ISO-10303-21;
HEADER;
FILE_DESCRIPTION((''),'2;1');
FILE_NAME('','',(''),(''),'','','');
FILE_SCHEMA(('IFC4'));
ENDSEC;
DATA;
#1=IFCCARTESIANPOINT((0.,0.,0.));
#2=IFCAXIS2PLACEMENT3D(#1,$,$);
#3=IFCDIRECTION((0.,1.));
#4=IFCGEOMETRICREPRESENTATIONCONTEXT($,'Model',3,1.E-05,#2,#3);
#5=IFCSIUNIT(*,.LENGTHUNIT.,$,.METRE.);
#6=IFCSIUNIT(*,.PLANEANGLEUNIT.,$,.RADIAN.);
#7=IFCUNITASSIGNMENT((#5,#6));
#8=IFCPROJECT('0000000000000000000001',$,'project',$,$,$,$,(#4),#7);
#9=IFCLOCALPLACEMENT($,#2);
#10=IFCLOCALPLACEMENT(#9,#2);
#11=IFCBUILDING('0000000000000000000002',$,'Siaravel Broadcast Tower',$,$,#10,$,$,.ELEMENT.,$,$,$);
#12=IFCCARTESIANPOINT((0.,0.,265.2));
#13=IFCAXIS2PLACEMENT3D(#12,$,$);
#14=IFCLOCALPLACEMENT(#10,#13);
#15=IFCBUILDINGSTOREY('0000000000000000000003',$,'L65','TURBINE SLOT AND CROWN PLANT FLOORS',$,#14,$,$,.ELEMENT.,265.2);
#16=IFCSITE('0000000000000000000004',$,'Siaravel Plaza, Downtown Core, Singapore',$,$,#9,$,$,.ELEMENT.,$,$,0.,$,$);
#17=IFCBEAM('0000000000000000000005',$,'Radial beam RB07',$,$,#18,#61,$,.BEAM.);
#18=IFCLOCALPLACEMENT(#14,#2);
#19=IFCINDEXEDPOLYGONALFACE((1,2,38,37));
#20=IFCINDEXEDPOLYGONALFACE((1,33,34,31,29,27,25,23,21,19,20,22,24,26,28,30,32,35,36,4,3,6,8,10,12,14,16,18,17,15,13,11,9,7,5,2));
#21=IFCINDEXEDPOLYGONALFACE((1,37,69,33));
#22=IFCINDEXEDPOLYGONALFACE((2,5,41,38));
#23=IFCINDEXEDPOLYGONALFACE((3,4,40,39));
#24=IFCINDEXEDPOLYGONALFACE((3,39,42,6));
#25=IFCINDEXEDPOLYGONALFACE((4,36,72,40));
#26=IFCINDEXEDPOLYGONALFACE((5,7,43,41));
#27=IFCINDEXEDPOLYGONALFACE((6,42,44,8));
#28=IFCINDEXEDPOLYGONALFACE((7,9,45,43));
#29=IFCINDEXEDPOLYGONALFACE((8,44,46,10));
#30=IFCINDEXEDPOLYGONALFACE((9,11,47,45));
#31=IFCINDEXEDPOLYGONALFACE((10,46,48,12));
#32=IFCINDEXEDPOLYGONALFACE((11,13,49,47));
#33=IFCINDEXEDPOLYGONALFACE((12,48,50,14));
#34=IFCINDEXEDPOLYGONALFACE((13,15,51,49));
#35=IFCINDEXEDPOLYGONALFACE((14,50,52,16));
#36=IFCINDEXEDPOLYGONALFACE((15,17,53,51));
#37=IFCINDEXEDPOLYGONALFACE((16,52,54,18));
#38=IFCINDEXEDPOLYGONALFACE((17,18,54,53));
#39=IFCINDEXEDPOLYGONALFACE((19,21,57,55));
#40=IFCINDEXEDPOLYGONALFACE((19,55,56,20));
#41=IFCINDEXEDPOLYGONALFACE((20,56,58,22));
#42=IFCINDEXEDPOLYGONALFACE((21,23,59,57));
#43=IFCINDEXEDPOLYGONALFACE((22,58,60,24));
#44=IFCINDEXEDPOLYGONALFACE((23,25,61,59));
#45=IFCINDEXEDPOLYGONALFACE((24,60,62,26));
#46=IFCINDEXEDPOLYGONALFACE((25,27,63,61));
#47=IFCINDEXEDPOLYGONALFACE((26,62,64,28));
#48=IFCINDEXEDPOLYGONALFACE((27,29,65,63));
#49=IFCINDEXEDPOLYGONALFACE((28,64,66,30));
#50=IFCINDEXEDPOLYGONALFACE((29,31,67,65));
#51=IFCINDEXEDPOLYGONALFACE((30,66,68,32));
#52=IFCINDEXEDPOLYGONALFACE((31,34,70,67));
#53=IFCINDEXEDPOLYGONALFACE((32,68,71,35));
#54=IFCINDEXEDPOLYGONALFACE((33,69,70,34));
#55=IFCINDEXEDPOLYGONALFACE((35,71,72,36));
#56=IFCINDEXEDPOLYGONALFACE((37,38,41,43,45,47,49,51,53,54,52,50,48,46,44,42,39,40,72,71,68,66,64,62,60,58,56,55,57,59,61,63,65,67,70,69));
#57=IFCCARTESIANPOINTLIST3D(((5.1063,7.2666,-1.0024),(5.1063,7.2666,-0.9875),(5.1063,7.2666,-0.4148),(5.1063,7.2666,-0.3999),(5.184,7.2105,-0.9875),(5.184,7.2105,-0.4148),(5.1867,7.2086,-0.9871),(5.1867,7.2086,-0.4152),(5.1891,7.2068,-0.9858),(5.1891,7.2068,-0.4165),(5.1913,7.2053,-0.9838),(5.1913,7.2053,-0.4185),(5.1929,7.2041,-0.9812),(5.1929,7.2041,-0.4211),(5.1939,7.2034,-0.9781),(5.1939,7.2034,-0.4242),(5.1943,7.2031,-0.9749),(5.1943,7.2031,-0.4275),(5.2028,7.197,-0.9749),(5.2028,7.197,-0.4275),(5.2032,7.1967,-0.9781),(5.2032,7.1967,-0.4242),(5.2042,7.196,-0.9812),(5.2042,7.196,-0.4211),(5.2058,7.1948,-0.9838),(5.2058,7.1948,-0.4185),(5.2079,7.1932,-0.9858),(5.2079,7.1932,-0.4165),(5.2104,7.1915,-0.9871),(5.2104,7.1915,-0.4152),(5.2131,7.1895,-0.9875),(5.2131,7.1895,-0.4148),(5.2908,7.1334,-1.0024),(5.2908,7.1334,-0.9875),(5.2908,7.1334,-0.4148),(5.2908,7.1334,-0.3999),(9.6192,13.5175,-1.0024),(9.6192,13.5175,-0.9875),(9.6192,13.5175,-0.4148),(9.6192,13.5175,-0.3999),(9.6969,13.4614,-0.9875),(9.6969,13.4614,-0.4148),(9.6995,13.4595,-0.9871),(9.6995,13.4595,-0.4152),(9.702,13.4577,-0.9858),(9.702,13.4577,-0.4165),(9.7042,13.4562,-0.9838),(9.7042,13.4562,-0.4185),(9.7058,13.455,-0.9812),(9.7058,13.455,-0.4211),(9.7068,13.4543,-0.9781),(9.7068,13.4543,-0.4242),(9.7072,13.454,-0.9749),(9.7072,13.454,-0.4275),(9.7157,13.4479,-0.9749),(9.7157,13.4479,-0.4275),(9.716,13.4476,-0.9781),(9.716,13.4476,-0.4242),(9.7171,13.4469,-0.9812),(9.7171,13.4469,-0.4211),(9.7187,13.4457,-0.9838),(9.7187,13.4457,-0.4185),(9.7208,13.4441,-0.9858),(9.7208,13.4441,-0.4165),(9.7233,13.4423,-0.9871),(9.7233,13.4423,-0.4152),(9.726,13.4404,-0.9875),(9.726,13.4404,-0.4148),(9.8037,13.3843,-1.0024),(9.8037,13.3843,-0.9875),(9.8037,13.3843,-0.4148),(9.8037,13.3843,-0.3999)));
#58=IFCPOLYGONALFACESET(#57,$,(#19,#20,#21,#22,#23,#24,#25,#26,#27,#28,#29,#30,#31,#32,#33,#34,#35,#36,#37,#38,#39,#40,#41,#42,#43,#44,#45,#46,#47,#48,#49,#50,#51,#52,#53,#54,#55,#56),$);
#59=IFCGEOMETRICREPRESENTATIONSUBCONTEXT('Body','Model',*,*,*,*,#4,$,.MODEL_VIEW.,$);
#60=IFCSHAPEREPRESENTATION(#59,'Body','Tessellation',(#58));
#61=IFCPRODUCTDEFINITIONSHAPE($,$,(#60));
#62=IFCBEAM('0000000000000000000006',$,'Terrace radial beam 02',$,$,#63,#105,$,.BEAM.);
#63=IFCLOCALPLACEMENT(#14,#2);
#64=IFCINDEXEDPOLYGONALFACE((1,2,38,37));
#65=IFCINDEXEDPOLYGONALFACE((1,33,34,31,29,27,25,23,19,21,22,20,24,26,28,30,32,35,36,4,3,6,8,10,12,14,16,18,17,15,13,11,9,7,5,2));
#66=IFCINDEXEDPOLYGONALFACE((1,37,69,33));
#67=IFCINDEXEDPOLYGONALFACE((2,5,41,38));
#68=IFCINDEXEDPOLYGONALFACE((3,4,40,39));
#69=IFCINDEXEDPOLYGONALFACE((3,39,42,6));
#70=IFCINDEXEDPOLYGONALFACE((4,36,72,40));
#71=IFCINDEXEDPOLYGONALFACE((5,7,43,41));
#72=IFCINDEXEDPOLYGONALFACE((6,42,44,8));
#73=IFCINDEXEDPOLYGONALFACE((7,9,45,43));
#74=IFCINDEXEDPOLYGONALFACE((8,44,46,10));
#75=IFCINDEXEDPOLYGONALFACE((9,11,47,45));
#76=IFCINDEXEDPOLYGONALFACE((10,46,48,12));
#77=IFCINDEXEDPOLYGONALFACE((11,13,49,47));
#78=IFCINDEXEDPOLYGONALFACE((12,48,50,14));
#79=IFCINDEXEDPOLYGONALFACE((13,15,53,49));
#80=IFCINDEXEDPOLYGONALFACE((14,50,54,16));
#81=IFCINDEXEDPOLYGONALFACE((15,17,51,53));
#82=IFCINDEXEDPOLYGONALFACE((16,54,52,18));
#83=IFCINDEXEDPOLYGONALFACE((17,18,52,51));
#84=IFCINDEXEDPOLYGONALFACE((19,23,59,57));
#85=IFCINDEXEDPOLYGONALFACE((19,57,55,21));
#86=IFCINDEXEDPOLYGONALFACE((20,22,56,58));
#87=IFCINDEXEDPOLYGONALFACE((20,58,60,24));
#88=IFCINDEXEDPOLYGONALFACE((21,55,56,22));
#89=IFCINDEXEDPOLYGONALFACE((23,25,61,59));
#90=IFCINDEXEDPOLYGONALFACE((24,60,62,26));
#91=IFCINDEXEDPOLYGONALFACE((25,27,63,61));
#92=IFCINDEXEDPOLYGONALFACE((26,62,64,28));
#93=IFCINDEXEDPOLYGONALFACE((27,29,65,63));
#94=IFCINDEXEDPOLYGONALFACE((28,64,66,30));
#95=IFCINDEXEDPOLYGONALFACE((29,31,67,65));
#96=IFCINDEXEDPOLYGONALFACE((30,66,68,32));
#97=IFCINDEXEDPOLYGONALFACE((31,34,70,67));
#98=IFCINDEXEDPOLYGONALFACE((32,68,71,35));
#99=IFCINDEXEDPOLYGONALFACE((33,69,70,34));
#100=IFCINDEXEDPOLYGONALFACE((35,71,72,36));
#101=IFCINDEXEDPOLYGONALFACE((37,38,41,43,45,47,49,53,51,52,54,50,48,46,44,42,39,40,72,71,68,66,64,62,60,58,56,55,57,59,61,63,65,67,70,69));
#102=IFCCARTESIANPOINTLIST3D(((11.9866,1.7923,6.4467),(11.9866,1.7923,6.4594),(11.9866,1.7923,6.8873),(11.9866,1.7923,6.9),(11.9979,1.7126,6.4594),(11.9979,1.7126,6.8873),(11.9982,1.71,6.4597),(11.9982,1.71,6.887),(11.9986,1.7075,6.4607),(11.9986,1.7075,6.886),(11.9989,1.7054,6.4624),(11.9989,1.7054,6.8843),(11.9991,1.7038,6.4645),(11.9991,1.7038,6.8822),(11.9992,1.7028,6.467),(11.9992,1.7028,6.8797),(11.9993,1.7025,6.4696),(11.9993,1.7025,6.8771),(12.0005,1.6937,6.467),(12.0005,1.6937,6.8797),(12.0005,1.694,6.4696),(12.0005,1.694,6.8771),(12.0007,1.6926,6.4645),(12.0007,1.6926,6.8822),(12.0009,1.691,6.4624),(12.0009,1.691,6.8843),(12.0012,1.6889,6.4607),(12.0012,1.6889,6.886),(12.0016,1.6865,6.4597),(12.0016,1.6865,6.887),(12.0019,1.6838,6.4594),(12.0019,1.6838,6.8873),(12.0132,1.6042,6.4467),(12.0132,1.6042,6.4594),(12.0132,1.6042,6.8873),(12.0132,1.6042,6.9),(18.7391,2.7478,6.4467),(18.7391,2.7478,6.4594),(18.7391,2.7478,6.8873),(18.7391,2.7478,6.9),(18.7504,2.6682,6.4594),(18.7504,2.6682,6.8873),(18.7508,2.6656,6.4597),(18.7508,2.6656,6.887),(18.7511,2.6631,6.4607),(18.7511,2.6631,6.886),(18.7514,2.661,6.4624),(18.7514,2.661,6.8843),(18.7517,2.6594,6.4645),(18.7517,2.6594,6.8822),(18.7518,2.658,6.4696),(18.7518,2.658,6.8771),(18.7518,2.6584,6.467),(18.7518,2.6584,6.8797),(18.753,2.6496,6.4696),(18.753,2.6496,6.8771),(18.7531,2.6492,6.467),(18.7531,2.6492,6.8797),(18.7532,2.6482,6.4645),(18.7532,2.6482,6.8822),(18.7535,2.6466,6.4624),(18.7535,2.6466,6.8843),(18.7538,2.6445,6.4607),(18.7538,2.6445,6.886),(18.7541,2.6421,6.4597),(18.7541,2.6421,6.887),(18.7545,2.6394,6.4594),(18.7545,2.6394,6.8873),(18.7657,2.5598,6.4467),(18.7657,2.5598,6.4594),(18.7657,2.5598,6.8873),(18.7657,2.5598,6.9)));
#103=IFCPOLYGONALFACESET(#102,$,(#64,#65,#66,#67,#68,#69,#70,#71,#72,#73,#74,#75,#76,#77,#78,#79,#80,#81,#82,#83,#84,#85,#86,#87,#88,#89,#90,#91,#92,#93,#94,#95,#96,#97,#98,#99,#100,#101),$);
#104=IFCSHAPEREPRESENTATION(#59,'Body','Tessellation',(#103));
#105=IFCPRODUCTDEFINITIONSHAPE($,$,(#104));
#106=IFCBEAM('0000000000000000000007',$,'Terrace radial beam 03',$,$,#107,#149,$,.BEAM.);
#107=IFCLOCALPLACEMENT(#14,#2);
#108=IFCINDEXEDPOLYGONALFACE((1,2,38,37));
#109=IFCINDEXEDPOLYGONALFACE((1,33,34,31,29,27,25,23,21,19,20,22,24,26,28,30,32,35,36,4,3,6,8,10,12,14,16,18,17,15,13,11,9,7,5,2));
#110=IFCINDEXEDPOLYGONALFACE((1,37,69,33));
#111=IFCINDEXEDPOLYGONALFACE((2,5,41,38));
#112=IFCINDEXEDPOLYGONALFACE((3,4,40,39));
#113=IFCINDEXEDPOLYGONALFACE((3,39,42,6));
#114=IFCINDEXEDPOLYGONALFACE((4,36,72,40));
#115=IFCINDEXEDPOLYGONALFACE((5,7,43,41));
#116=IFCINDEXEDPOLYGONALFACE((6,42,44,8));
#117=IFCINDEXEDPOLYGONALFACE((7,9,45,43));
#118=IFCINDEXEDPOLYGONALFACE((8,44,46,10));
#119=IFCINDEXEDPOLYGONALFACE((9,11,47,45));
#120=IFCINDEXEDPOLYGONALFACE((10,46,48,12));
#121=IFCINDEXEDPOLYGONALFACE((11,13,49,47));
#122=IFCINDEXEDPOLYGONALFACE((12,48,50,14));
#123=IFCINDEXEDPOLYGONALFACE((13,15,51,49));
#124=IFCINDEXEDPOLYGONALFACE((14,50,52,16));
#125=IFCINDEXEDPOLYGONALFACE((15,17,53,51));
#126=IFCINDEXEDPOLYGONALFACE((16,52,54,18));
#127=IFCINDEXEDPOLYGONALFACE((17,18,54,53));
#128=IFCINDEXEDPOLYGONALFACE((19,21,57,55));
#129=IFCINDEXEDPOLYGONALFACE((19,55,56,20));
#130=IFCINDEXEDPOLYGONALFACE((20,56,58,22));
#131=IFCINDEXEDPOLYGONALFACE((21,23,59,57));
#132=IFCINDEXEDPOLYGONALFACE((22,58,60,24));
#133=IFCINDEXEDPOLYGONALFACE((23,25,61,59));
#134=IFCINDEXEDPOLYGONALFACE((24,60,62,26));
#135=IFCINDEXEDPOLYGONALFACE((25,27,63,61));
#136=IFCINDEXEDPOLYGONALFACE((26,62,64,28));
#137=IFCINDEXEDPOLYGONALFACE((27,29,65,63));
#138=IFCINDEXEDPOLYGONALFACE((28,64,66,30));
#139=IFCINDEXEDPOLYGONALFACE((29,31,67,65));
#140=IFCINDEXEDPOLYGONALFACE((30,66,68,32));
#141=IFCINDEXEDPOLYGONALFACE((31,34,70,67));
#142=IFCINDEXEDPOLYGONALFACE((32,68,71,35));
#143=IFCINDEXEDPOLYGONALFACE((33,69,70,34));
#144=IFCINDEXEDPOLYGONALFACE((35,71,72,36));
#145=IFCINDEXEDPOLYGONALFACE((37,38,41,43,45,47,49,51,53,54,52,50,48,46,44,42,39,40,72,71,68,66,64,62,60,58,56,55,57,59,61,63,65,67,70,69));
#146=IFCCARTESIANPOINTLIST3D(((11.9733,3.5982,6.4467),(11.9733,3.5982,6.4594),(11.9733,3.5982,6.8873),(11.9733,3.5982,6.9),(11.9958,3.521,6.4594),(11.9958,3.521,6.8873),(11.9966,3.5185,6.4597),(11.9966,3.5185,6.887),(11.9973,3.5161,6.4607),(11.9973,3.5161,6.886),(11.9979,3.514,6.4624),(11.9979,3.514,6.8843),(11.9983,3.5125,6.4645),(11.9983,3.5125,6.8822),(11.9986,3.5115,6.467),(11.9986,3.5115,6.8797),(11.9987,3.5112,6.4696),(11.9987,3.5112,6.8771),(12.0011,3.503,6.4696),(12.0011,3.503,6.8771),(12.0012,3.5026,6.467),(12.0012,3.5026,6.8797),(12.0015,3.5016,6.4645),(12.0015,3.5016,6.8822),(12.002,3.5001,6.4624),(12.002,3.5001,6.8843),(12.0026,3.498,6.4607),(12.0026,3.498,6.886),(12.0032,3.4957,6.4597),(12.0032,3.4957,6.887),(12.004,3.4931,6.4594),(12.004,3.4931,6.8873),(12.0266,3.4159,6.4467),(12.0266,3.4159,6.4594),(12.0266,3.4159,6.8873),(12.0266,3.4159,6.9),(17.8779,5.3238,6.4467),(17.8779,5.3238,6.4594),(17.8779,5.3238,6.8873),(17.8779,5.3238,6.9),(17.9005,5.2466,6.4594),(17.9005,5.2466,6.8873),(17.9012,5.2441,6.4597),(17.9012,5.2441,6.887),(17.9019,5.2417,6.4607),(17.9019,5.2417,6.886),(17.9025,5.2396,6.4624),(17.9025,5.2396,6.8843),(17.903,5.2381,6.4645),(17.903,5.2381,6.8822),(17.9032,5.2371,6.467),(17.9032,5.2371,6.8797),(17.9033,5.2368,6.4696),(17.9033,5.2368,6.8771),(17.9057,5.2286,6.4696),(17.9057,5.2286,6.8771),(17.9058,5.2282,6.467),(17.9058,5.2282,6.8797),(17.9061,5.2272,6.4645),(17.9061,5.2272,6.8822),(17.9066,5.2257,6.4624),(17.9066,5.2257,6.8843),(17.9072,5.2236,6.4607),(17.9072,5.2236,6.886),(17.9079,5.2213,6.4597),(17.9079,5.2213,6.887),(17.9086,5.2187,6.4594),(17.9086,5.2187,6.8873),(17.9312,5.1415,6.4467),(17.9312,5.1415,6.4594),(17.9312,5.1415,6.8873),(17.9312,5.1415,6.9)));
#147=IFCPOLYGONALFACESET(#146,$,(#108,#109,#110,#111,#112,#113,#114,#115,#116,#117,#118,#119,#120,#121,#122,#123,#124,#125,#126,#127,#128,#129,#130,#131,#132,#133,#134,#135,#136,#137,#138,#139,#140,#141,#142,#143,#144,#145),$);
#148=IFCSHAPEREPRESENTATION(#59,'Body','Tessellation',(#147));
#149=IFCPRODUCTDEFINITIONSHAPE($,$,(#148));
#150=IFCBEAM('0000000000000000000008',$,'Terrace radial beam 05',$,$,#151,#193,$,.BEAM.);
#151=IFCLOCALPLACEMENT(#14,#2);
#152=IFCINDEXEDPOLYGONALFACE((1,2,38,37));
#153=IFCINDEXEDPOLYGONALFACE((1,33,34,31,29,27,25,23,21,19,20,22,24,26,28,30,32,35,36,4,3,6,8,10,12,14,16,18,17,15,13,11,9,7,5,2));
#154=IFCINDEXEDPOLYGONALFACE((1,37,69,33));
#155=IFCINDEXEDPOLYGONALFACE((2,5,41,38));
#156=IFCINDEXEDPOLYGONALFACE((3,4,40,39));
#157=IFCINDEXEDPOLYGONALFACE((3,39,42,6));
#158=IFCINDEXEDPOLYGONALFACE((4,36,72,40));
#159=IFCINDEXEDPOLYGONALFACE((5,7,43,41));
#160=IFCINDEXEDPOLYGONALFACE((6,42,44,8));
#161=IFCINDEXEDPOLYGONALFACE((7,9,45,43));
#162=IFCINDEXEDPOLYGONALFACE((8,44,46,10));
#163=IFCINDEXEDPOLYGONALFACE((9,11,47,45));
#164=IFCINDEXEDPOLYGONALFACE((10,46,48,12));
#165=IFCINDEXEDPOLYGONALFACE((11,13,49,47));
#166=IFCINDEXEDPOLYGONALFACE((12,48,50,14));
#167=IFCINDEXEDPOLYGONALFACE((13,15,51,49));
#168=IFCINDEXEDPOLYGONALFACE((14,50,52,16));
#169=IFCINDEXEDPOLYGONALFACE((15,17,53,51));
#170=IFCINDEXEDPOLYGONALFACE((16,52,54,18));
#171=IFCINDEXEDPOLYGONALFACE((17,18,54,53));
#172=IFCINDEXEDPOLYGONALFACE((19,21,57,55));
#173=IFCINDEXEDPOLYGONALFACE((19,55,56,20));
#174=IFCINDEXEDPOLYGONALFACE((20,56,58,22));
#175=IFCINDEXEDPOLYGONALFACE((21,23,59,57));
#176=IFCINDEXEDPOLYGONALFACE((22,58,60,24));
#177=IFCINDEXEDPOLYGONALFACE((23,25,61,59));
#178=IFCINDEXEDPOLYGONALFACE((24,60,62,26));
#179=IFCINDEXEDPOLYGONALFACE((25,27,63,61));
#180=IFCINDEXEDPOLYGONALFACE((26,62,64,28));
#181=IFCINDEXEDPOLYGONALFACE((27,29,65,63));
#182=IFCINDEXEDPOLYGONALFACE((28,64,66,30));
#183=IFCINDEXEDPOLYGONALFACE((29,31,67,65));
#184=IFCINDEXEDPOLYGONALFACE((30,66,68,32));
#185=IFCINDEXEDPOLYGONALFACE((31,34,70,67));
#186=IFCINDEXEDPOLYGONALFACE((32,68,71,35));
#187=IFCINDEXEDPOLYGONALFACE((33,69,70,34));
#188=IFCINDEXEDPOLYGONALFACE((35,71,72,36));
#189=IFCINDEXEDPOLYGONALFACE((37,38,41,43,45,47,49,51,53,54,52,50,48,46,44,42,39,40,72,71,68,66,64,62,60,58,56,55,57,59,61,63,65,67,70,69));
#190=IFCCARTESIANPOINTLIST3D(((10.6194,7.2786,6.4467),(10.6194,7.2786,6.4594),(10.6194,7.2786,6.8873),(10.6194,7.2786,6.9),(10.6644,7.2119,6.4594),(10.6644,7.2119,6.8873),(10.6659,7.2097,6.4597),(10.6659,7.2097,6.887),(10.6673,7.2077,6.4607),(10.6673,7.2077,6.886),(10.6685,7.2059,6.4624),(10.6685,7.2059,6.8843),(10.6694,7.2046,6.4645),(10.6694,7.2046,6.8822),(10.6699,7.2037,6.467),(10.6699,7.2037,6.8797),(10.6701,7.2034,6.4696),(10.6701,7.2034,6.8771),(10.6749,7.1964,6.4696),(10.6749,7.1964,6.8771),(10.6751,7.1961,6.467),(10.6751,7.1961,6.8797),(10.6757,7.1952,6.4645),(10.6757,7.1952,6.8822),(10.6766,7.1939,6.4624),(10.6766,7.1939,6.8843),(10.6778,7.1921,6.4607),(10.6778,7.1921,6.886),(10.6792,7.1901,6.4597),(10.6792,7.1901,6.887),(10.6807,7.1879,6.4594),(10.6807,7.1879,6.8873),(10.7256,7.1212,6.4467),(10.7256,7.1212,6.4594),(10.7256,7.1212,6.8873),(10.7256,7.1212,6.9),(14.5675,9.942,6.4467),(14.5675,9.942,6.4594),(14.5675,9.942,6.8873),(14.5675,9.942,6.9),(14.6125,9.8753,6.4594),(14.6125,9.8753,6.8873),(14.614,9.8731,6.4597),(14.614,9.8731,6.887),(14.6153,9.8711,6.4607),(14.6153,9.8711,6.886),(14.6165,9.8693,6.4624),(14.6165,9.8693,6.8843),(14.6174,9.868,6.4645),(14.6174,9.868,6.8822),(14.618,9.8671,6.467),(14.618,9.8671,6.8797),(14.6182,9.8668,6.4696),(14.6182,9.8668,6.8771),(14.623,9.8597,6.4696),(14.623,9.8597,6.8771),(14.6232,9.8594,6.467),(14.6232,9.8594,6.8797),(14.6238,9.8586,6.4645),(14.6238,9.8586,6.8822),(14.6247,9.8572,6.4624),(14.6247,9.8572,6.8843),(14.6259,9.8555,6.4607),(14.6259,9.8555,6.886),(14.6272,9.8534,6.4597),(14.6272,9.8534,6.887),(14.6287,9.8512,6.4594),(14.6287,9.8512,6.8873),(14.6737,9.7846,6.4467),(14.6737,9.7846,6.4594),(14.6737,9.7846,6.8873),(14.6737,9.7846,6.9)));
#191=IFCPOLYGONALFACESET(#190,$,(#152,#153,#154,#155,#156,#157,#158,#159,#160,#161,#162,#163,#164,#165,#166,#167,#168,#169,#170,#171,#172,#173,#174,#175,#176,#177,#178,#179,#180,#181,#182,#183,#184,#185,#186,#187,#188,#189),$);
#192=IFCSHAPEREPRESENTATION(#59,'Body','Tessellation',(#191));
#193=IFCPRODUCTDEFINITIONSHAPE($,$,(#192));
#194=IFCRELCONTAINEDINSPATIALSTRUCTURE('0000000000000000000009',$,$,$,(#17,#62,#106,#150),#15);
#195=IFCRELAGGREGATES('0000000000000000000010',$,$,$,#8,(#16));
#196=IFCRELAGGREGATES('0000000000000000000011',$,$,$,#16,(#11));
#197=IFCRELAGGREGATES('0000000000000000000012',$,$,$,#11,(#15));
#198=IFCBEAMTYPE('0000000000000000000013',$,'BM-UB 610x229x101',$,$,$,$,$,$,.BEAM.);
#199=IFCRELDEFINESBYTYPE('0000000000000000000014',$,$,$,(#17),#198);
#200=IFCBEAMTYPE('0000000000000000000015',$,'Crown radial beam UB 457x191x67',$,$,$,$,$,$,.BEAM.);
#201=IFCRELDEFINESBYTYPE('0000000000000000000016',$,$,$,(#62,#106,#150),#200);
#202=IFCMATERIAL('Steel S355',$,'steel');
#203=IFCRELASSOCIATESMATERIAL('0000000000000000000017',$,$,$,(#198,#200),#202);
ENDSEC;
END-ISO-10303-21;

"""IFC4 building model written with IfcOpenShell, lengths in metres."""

from ifc_helpers import new_model, si_unit, direction, frame, origin, origin_2d, place, context, subcontext, project, spatial, i_section, extrude, material, material_profile, profile_set, type_object, element, save


model = new_model("IFC4")

# Units and contexts
model_context = context("Model", 3, precision=1e-05, world=origin(), true_north=direction((0.0, 1.0)))
body_context = subcontext(model_context, "Body", "Model", "MODEL_VIEW")
ifc_project = project(units=[si_unit("LENGTHUNIT", "METRE"), si_unit("PLANEANGLEUNIT", "RADIAN")], contexts=[model_context])

# Site, building, storey
site_placement = place(None, origin())
site = spatial("IfcSite", under=ifc_project, at=site_placement, Name="Siaravel Plaza, Downtown Core, Singapore", CompositionType="ELEMENT", RefElevation=0.0)
building_placement = place(site_placement, origin())
building = spatial("IfcBuilding", under=site, at=building_placement, Name="Siaravel Broadcast Tower", CompositionType="ELEMENT")
storey_placement = place(building_placement, frame((0.0, 0.0, 265.2)))
storey = spatial("IfcBuildingStorey", under=building, at=storey_placement, Name="L65", Description="TURBINE SLOT AND CROWN PLANT FLOORS", CompositionType="ELEMENT", Elevation=265.2)

# Beams
ifc_material_1 = material(Name="Steel S355", Category="steel")
ifc_material_profile_1 = material_profile(ifc_material_1, i_section(OverallWidth=0.2275, OverallDepth=0.6025, WebThickness=0.0105, FlangeThickness=0.0149, FilletRadius=0.0127, at=origin_2d()))
ifc_profile_set_1 = profile_set([ifc_material_profile_1], Name="Steel S355")
beam_type_1 = type_object("IfcBeamType", Name="BM-UB 610x229x101", PredefinedType="BEAM", material=ifc_profile_set_1)
beam_1_placement = place(storey_placement, frame((9.7114, 13.4509, -0.7012), z_axis=(-0.585349, -0.810781, 0.0), x_axis=(0.810781, -0.585349, 0.0)))
element("IfcBeam", 1, at=beam_1_placement, inside=storey, type_object=beam_type_1, Name="Radial beam RB07", PredefinedType="BEAM", context=body_context, shape_type="SweptSolid", body=[
    extrude(i_section(OverallWidth=0.2275, OverallDepth=0.6025, WebThickness=0.0105, FlangeThickness=0.0149, FilletRadius=0.0127, at=origin_2d()), origin(), (0.0, 0.0, 1.0), 7.7097),
])
ifc_material_profile_2 = material_profile(ifc_material_1, i_section(OverallWidth=0.1899, OverallDepth=0.4534, WebThickness=0.0085, FlangeThickness=0.0127, FilletRadius=0.0103, at=origin_2d()))
ifc_profile_set_2 = profile_set([ifc_material_profile_2], Name="Steel S355")
beam_type_2 = type_object("IfcBeamType", Name="Crown radial beam UB 457x191x67", PredefinedType="BEAM", material=ifc_profile_set_2)
beam_2_placement = place(storey_placement, frame((18.7524, 2.6538, 6.6733), z_axis=(-0.990135, -0.140118, 0.0), x_axis=(0.140118, -0.990135, 0.0)))
element("IfcBeam", 2, at=beam_2_placement, inside=storey, type_object=beam_type_2, Name="Terrace radial beam 02", PredefinedType="BEAM", context=body_context, shape_type="SweptSolid", body=[
    extrude(i_section(OverallWidth=0.1899, OverallDepth=0.4534, WebThickness=0.0085, FlangeThickness=0.0127, FilletRadius=0.0103, at=origin_2d()), origin(), (0.0, 0.0, 1.0), 6.8198),
])
beam_3_placement = place(storey_placement, frame((17.9045, 5.2327, 6.6733), z_axis=(-0.95985, -0.280514, 0.0), x_axis=(0.280514, -0.95985, 0.0)))
element("IfcBeam", 3, at=beam_3_placement, inside=storey, type_object=beam_type_2, Name="Terrace radial beam 03", PredefinedType="BEAM", context=body_context, shape_type="SweptSolid", body=[
    extrude(i_section(OverallWidth=0.1899, OverallDepth=0.4534, WebThickness=0.0085, FlangeThickness=0.0127, FilletRadius=0.0103, at=origin_2d()), origin(), (0.0, 0.0, 1.0), 6.1516),
])
beam_4_placement = place(storey_placement, frame((14.6206, 9.8633, 6.6733), z_axis=(-0.829001, -0.559247, 0.0), x_axis=(0.559247, -0.829001, 0.0)))
element("IfcBeam", 4, at=beam_4_placement, inside=storey, type_object=beam_type_2, Name="Terrace radial beam 05", PredefinedType="BEAM", context=body_context, shape_type="SweptSolid", body=[
    extrude(i_section(OverallWidth=0.1899, OverallDepth=0.4534, WebThickness=0.0085, FlangeThickness=0.0127, FilletRadius=0.0103, at=origin_2d()), origin(), (0.0, 0.0, 1.0), 4.7625),
])

save(model, "model.ifc")
